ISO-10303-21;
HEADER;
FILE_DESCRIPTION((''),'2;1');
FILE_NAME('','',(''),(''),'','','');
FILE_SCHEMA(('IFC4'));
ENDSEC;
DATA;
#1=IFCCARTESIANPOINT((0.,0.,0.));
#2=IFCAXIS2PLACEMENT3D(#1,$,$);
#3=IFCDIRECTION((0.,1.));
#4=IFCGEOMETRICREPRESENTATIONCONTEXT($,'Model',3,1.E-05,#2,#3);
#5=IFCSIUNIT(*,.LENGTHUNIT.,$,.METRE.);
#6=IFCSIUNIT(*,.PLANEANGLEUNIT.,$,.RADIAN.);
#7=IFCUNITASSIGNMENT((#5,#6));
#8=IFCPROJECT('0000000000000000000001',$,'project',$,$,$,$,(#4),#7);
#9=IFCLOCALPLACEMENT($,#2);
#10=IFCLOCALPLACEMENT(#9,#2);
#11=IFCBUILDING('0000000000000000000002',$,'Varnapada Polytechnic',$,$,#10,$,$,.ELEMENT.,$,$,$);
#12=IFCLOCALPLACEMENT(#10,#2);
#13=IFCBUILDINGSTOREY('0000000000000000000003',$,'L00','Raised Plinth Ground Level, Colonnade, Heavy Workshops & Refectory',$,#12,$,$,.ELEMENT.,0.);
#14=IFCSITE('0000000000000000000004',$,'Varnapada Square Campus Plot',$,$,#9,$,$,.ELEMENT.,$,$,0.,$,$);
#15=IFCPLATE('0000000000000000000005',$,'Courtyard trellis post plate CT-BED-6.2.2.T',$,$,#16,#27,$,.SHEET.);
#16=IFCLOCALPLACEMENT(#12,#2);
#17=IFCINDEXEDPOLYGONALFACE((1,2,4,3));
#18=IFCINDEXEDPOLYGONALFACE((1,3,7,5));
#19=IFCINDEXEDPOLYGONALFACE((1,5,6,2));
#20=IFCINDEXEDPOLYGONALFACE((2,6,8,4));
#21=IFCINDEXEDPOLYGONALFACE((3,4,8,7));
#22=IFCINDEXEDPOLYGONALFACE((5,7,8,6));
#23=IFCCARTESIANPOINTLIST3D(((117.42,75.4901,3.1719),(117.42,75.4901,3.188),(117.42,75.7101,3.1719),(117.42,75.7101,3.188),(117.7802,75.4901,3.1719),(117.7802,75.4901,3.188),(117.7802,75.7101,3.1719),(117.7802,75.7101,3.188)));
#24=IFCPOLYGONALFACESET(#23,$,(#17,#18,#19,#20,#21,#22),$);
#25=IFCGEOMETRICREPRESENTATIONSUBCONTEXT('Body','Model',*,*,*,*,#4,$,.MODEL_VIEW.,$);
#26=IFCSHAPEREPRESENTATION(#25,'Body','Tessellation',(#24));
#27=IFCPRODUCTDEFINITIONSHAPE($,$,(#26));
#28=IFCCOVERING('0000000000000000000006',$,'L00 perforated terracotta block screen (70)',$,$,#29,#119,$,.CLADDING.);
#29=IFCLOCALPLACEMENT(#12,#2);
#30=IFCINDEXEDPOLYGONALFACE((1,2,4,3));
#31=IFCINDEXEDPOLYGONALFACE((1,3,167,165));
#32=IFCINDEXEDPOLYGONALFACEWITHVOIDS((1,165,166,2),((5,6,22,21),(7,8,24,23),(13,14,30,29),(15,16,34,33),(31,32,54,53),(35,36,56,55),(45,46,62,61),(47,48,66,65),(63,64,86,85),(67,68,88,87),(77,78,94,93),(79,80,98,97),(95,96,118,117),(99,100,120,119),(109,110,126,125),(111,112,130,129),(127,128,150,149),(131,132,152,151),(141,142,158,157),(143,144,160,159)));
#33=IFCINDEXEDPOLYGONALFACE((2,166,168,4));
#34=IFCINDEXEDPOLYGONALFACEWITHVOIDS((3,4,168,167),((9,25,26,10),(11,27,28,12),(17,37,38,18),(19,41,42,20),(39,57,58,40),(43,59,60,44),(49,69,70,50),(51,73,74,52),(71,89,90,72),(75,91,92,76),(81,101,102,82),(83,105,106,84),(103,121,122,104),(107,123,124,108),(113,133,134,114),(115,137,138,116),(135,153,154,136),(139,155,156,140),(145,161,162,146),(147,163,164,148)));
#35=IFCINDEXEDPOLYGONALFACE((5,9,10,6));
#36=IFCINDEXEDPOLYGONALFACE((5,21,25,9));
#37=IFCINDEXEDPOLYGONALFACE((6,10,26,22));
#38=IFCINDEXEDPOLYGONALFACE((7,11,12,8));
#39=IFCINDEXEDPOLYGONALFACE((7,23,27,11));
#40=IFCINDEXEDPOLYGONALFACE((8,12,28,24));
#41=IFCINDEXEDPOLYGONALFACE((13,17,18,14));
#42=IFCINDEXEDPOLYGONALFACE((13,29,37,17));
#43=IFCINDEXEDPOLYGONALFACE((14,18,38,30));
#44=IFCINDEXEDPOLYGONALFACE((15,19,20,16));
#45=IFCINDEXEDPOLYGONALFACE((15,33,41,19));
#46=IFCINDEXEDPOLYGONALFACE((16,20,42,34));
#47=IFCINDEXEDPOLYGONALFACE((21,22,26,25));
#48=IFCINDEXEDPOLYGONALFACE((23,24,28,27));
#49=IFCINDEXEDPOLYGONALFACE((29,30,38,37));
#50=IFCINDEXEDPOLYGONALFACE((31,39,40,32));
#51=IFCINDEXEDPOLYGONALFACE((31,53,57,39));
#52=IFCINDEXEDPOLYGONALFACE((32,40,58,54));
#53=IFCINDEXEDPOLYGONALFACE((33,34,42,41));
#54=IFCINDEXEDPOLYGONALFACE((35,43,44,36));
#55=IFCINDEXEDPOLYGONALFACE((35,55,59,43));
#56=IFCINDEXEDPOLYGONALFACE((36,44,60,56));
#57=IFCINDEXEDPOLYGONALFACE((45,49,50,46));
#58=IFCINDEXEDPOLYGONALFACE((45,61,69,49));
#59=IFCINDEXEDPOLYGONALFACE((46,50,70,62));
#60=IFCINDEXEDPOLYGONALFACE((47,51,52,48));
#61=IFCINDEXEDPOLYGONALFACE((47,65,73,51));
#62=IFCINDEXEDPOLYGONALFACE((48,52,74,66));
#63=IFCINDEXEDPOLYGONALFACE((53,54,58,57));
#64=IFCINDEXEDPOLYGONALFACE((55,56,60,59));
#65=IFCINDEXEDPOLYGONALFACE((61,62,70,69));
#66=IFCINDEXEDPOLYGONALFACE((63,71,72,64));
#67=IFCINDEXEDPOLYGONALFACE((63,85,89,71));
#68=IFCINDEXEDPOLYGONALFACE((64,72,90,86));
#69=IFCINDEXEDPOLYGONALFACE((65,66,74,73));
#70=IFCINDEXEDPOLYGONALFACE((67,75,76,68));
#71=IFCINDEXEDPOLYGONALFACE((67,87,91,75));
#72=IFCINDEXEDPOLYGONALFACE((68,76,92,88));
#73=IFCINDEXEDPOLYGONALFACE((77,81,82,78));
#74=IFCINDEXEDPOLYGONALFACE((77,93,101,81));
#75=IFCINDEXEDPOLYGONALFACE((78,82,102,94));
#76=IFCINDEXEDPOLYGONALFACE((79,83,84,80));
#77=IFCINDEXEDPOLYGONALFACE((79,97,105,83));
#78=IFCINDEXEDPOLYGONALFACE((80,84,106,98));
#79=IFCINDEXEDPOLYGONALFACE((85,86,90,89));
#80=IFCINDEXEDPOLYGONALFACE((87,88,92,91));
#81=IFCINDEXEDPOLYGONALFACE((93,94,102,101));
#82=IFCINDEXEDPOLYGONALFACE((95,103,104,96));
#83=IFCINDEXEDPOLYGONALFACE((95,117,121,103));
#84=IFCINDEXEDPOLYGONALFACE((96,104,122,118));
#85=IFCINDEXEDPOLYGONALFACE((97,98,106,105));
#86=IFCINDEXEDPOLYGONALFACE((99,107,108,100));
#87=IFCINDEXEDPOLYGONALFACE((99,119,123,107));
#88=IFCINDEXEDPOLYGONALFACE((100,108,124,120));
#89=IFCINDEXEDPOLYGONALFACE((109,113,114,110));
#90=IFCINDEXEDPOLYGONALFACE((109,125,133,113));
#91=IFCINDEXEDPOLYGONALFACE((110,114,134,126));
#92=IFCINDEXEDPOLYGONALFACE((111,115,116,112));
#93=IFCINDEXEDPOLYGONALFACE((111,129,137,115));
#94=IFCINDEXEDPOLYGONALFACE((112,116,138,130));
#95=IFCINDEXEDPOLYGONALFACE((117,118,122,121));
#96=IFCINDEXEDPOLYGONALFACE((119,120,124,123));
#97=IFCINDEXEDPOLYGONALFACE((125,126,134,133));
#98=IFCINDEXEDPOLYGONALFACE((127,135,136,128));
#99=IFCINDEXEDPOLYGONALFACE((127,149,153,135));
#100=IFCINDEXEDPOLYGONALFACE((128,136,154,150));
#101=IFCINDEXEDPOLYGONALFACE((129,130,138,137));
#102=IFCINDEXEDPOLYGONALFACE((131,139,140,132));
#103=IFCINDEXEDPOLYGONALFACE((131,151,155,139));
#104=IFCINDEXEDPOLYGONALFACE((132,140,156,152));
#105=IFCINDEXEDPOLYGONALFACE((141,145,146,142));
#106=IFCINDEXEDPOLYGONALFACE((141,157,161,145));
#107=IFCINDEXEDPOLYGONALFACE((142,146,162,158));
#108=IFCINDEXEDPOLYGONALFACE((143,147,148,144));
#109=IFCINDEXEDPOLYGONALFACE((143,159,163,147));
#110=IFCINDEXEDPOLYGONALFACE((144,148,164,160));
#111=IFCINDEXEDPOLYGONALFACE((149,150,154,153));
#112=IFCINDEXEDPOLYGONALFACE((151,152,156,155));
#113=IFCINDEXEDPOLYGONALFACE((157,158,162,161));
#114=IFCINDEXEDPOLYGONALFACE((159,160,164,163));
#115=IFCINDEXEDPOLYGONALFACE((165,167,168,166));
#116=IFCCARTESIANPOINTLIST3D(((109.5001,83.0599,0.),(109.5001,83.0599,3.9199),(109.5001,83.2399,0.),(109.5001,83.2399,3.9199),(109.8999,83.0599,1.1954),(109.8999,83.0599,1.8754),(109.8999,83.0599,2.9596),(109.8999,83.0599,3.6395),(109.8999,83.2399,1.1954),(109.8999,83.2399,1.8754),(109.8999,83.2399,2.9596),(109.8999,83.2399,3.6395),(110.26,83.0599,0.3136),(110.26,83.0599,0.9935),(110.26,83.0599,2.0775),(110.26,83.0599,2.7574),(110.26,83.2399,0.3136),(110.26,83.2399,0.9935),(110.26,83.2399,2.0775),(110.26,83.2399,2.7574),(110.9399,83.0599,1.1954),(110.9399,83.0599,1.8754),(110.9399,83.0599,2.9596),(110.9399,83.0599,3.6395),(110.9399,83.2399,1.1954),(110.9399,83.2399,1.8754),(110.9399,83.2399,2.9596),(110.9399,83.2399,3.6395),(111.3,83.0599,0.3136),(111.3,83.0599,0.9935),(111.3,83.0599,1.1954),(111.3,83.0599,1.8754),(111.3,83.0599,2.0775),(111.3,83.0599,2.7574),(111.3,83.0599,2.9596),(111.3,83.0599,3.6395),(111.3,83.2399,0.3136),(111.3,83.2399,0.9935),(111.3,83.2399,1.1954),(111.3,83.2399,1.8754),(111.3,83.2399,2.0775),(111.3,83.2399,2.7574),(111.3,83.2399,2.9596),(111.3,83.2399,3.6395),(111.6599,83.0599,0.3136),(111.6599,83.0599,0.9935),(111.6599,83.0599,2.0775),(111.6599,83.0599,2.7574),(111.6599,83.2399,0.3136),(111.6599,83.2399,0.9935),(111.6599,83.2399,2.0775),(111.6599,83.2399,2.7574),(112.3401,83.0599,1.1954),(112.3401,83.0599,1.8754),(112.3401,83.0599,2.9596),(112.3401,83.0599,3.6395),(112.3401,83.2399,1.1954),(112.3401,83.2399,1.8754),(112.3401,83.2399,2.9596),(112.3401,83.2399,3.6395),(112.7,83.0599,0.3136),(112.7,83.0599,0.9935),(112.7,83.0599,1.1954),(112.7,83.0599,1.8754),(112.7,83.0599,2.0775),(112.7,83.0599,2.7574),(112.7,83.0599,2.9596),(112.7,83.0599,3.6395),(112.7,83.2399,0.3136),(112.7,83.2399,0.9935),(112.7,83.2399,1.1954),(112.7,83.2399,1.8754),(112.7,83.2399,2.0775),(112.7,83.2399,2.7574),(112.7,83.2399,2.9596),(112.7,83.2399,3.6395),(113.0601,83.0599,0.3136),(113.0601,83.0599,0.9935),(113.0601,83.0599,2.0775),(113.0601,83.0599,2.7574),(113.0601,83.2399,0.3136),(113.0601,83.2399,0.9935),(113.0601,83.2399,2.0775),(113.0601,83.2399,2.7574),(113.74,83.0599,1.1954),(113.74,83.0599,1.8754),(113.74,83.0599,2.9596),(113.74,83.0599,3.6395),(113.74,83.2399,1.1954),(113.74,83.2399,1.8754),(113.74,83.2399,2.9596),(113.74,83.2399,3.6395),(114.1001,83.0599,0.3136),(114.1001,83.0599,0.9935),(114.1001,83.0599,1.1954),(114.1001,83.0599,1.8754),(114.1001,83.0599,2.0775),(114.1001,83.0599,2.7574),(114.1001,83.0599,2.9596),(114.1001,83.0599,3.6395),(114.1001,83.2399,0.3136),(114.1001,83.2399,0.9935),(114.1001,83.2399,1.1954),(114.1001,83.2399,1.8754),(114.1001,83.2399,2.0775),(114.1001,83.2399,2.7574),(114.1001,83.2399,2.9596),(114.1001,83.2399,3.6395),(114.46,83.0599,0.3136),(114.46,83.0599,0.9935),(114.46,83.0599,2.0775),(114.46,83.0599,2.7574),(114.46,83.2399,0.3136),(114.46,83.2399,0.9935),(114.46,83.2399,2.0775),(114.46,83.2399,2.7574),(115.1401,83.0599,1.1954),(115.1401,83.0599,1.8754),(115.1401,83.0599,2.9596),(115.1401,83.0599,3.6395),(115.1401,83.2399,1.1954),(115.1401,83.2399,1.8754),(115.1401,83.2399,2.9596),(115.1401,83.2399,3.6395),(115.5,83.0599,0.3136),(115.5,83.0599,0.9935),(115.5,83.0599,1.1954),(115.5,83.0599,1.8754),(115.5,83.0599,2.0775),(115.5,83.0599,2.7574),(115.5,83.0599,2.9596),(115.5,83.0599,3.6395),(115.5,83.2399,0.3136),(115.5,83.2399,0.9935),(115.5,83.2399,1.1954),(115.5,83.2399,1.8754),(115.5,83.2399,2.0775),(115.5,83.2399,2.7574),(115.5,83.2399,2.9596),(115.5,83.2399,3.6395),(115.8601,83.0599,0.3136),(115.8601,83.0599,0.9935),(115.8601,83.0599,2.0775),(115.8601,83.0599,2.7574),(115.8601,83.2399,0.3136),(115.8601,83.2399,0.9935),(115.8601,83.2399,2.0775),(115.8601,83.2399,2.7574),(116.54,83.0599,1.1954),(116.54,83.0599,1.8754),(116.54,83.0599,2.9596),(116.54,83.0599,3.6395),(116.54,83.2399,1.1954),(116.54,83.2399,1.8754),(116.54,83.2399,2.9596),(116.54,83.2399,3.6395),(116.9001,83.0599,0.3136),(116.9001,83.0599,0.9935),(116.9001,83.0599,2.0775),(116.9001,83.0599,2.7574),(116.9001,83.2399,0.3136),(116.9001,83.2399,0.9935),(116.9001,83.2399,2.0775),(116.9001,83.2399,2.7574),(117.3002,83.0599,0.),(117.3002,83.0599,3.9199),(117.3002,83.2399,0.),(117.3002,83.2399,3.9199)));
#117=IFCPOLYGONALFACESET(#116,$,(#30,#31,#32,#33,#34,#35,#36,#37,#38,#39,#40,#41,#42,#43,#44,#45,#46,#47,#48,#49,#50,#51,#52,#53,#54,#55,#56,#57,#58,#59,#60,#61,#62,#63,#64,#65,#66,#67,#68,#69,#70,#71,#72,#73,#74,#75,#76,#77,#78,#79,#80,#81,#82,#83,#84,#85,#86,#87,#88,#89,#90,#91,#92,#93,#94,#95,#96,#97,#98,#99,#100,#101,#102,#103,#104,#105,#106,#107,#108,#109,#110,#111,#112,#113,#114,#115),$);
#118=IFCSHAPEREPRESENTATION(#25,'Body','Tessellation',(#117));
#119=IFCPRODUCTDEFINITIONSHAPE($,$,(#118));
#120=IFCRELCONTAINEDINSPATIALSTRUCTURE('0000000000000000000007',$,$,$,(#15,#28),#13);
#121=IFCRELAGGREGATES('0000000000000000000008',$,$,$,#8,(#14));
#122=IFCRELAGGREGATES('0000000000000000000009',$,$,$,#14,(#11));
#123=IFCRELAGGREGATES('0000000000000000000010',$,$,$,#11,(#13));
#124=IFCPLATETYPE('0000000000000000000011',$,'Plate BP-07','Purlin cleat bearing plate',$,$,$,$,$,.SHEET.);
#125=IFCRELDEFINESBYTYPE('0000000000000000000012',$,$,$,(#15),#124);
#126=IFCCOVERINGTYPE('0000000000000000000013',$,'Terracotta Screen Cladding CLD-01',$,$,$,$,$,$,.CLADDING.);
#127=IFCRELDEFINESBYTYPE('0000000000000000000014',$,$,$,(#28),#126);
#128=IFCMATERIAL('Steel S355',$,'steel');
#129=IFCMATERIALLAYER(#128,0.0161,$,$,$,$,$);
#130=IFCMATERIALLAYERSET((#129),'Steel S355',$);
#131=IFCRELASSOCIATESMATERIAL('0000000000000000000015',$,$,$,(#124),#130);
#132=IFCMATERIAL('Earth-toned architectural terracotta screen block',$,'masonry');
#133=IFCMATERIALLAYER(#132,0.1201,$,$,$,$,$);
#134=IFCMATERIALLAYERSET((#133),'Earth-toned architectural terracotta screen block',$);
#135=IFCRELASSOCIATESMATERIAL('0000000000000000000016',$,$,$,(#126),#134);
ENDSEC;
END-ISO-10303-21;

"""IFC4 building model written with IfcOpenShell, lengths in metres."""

from ifc_helpers import new_model, si_unit, direction, frame, frame_2d, origin, origin_2d, place, context, subcontext, project, spatial, rectangle, extrude, material, layer, layer_set, type_object, element, save


model = new_model("IFC4")

# Units and contexts
model_context = context("Model", 3, precision=1e-05, world=origin(), true_north=direction((0.0, 1.0)))
body_context = subcontext(model_context, "Body", "Model", "MODEL_VIEW")
ifc_project = project(units=[si_unit("LENGTHUNIT", "METRE"), si_unit("PLANEANGLEUNIT", "RADIAN")], contexts=[model_context])

# Site, building, storey
site_placement = place(None, origin())
site = spatial("IfcSite", under=ifc_project, at=site_placement, Name="Varnapada Square Campus Plot", CompositionType="ELEMENT", RefElevation=0.0)
building_placement = place(site_placement, origin())
building = spatial("IfcBuilding", under=site, at=building_placement, Name="Varnapada Polytechnic", CompositionType="ELEMENT")
storey_placement = place(building_placement, origin())
storey = spatial("IfcBuildingStorey", under=building, at=storey_placement, Name="L00", Description="Raised Plinth Ground Level, Colonnade, Heavy Workshops & Refectory", CompositionType="ELEMENT", Elevation=0.0)

# Shared definitions
ifc_material_1 = material(Name="Steel S355", Category="steel")

# Plate
ifc_layer_1 = layer(ifc_material_1, 0.0161)
ifc_layer_set_1 = layer_set([ifc_layer_1], Name="Steel S355")
plate_type = type_object("IfcPlateType", Name="Plate BP-07", Description="Purlin cleat bearing plate", PredefinedType="SHEET", material=ifc_layer_set_1)
for number, where, z_axis, x_axis, name in (
    (1, (117.6001, 75.6001, 3.1719), (0.0, 0.0, 1.0), (1.0, 0.0, 0.0), "Courtyard trellis post plate CT-BED-6.2.2.T"),
):
    element("IfcPlate", number, at=place(storey_placement, frame(where, z_axis=z_axis, x_axis=x_axis)), inside=storey, type_object=plate_type, Name=name, PredefinedType="SHEET", context=body_context, shape_type="SweptSolid", body=[
        extrude(rectangle(XDim=0.3601, YDim=0.22, at=origin_2d()), origin(), (0.0, 0.0, 1.0), 0.0161),
    ])

# Covering, openings
ifc_material_2 = material(Name="Earth-toned architectural terracotta screen block", Category="masonry")
ifc_layer_2 = layer(ifc_material_2, 0.1201)
ifc_layer_set_2 = layer_set([ifc_layer_2], Name="Earth-toned architectural terracotta screen block")
covering_type = type_object("IfcCoveringType", Name="Terracotta Screen Cladding CLD-01", PredefinedType="CLADDING", material=ifc_layer_set_2)
covering_placement = place(storey_placement, frame((117.3, 83.1499, 0.0), z_axis=(0.0, 0.0, 1.0), x_axis=(-1.0, 0.0, 0.0)))
covering = element("IfcCovering", 2, at=covering_placement, inside=storey, type_object=covering_type, Name="L00 perforated terracotta block screen (70)", PredefinedType="CLADDING", context=body_context, shape_type="SweptSolid", body=[
    extrude(rectangle(XDim=7.8, YDim=0.1799, at=frame_2d((3.8999, 0.0))), origin(), (0.0, 0.0, 1.0), 3.9199),
])
opening_1_placement = place(covering_placement, frame((0.3999, 0.0, 0.3137)))
element("IfcOpeningElement", 3, at=opening_1_placement, cuts=covering, PredefinedType="OPENING", context=body_context, shape_type="SweptSolid", body=[
    extrude(rectangle(XDim=1.04, YDim=0.6799, at=frame_2d((0.52, 0.3398))), frame((0.0, 0.0999, 0.0), z_axis=(0.0, -1.0, 0.0), x_axis=(1.0, 0.0, 0.0)), (0.0, 0.0, 1.0), 0.2),
])
opening_2_placement = place(covering_placement, frame((1.8, 0.0, 0.3137)))
element("IfcOpeningElement", 4, at=opening_2_placement, cuts=covering, PredefinedType="OPENING", context=body_context, shape_type="SweptSolid", body=[
    extrude(rectangle(XDim=1.04, YDim=0.6799, at=frame_2d((0.52, 0.3398))), frame((0.0, 0.0999, 0.0), z_axis=(0.0, -1.0, 0.0), x_axis=(1.0, 0.0, 0.0)), (0.0, 0.0, 1.0), 0.2),
])
opening_3_placement = place(covering_placement, frame((3.2, 0.0, 0.3137)))
element("IfcOpeningElement", 5, at=opening_3_placement, cuts=covering, PredefinedType="OPENING", context=body_context, shape_type="SweptSolid", body=[
    extrude(rectangle(XDim=1.04, YDim=0.6799, at=frame_2d((0.52, 0.3398))), frame((0.0, 0.0999, 0.0), z_axis=(0.0, -1.0, 0.0), x_axis=(1.0, 0.0, 0.0)), (0.0, 0.0, 1.0), 0.2),
])
opening_4_placement = place(covering_placement, frame((4.6001, 0.0, 0.3137)))
element("IfcOpeningElement", 6, at=opening_4_placement, cuts=covering, PredefinedType="OPENING", context=body_context, shape_type="SweptSolid", body=[
    extrude(rectangle(XDim=1.04, YDim=0.6799, at=frame_2d((0.52, 0.3398))), frame((0.0, 0.0999, 0.0), z_axis=(0.0, -1.0, 0.0), x_axis=(1.0, 0.0, 0.0)), (0.0, 0.0, 1.0), 0.2),
])
opening_5_placement = place(covering_placement, frame((6.0, 0.0, 0.3137)))
element("IfcOpeningElement", 7, at=opening_5_placement, cuts=covering, PredefinedType="OPENING", context=body_context, shape_type="SweptSolid", body=[
    extrude(rectangle(XDim=1.04, YDim=0.6799, at=frame_2d((0.52, 0.3398))), frame((0.0, 0.0999, 0.0), z_axis=(0.0, -1.0, 0.0), x_axis=(1.0, 0.0, 0.0)), (0.0, 0.0, 1.0), 0.2),
])
opening_6_placement = place(covering_placement, frame((0.76, 0.0, 1.1956)))
element("IfcOpeningElement", 8, at=opening_6_placement, cuts=covering, PredefinedType="OPENING", context=body_context, shape_type="SweptSolid", body=[
    extrude(rectangle(XDim=1.04, YDim=0.6799, at=frame_2d((0.52, 0.3398))), frame((0.0, 0.0999, 0.0), z_axis=(0.0, -1.0, 0.0), x_axis=(1.0, 0.0, 0.0)), (0.0, 0.0, 1.0), 0.2),
])
opening_7_placement = place(covering_placement, frame((2.1599, 0.0, 1.1956)))
element("IfcOpeningElement", 9, at=opening_7_placement, cuts=covering, PredefinedType="OPENING", context=body_context, shape_type="SweptSolid", body=[
    extrude(rectangle(XDim=1.04, YDim=0.6799, at=frame_2d((0.52, 0.3398))), frame((0.0, 0.0999, 0.0), z_axis=(0.0, -1.0, 0.0), x_axis=(1.0, 0.0, 0.0)), (0.0, 0.0, 1.0), 0.2),
])
opening_8_placement = place(covering_placement, frame((3.5601, 0.0, 1.1956)))
element("IfcOpeningElement", 10, at=opening_8_placement, cuts=covering, PredefinedType="OPENING", context=body_context, shape_type="SweptSolid", body=[
    extrude(rectangle(XDim=1.04, YDim=0.6799, at=frame_2d((0.52, 0.3398))), frame((0.0, 0.0999, 0.0), z_axis=(0.0, -1.0, 0.0), x_axis=(1.0, 0.0, 0.0)), (0.0, 0.0, 1.0), 0.2),
])
opening_9_placement = place(covering_placement, frame((4.96, 0.0, 1.1956)))
element("IfcOpeningElement", 11, at=opening_9_placement, cuts=covering, PredefinedType="OPENING", context=body_context, shape_type="SweptSolid", body=[
    extrude(rectangle(XDim=1.04, YDim=0.6799, at=frame_2d((0.52, 0.3398))), frame((0.0, 0.0999, 0.0), z_axis=(0.0, -1.0, 0.0), x_axis=(1.0, 0.0, 0.0)), (0.0, 0.0, 1.0), 0.2),
])
opening_10_placement = place(covering_placement, frame((6.3601, 0.0, 1.1956)))
element("IfcOpeningElement", 12, at=opening_10_placement, cuts=covering, PredefinedType="OPENING", context=body_context, shape_type="SweptSolid", body=[
    extrude(rectangle(XDim=1.04, YDim=0.6799, at=frame_2d((0.52, 0.3398))), frame((0.0, 0.0999, 0.0), z_axis=(0.0, -1.0, 0.0), x_axis=(1.0, 0.0, 0.0)), (0.0, 0.0, 1.0), 0.2),
])
opening_11_placement = place(covering_placement, frame((0.3999, 0.0, 2.0776)))
element("IfcOpeningElement", 13, at=opening_11_placement, cuts=covering, PredefinedType="OPENING", context=body_context, shape_type="SweptSolid", body=[
    extrude(rectangle(XDim=1.04, YDim=0.6799, at=frame_2d((0.52, 0.3398))), frame((0.0, 0.0999, 0.0), z_axis=(0.0, -1.0, 0.0), x_axis=(1.0, 0.0, 0.0)), (0.0, 0.0, 1.0), 0.2),
])
opening_12_placement = place(covering_placement, frame((1.8, 0.0, 2.0776)))
element("IfcOpeningElement", 14, at=opening_12_placement, cuts=covering, PredefinedType="OPENING", context=body_context, shape_type="SweptSolid", body=[
    extrude(rectangle(XDim=1.04, YDim=0.6799, at=frame_2d((0.52, 0.3398))), frame((0.0, 0.0999, 0.0), z_axis=(0.0, -1.0, 0.0), x_axis=(1.0, 0.0, 0.0)), (0.0, 0.0, 1.0), 0.2),
])
opening_13_placement = place(covering_placement, frame((3.2, 0.0, 2.0776)))
element("IfcOpeningElement", 15, at=opening_13_placement, cuts=covering, PredefinedType="OPENING", context=body_context, shape_type="SweptSolid", body=[
    extrude(rectangle(XDim=1.04, YDim=0.6799, at=frame_2d((0.52, 0.3398))), frame((0.0, 0.0999, 0.0), z_axis=(0.0, -1.0, 0.0), x_axis=(1.0, 0.0, 0.0)), (0.0, 0.0, 1.0), 0.2),
])
opening_14_placement = place(covering_placement, frame((4.6001, 0.0, 2.0776)))
element("IfcOpeningElement", 16, at=opening_14_placement, cuts=covering, PredefinedType="OPENING", context=body_context, shape_type="SweptSolid", body=[
    extrude(rectangle(XDim=1.04, YDim=0.6799, at=frame_2d((0.52, 0.3398))), frame((0.0, 0.0999, 0.0), z_axis=(0.0, -1.0, 0.0), x_axis=(1.0, 0.0, 0.0)), (0.0, 0.0, 1.0), 0.2),
])
opening_15_placement = place(covering_placement, frame((6.0, 0.0, 2.0776)))
element("IfcOpeningElement", 17, at=opening_15_placement, cuts=covering, PredefinedType="OPENING", context=body_context, shape_type="SweptSolid", body=[
    extrude(rectangle(XDim=1.04, YDim=0.6799, at=frame_2d((0.52, 0.3398))), frame((0.0, 0.0999, 0.0), z_axis=(0.0, -1.0, 0.0), x_axis=(1.0, 0.0, 0.0)), (0.0, 0.0, 1.0), 0.2),
])
opening_16_placement = place(covering_placement, frame((0.76, 0.0, 2.9597)))
element("IfcOpeningElement", 18, at=opening_16_placement, cuts=covering, PredefinedType="OPENING", context=body_context, shape_type="SweptSolid", body=[
    extrude(rectangle(XDim=1.04, YDim=0.6799, at=frame_2d((0.52, 0.3398))), frame((0.0, 0.0999, 0.0), z_axis=(0.0, -1.0, 0.0), x_axis=(1.0, 0.0, 0.0)), (0.0, 0.0, 1.0), 0.2),
])
opening_17_placement = place(covering_placement, frame((2.1599, 0.0, 2.9597)))
element("IfcOpeningElement", 19, at=opening_17_placement, cuts=covering, PredefinedType="OPENING", context=body_context, shape_type="SweptSolid", body=[
    extrude(rectangle(XDim=1.04, YDim=0.6799, at=frame_2d((0.52, 0.3398))), frame((0.0, 0.0999, 0.0), z_axis=(0.0, -1.0, 0.0), x_axis=(1.0, 0.0, 0.0)), (0.0, 0.0, 1.0), 0.2),
])
opening_18_placement = place(covering_placement, frame((3.5601, 0.0, 2.9597)))
element("IfcOpeningElement", 20, at=opening_18_placement, cuts=covering, PredefinedType="OPENING", context=body_context, shape_type="SweptSolid", body=[
    extrude(rectangle(XDim=1.04, YDim=0.6799, at=frame_2d((0.52, 0.3398))), frame((0.0, 0.0999, 0.0), z_axis=(0.0, -1.0, 0.0), x_axis=(1.0, 0.0, 0.0)), (0.0, 0.0, 1.0), 0.2),
])
opening_19_placement = place(covering_placement, frame((4.96, 0.0, 2.9597)))
element("IfcOpeningElement", 21, at=opening_19_placement, cuts=covering, PredefinedType="OPENING", context=body_context, shape_type="SweptSolid", body=[
    extrude(rectangle(XDim=1.04, YDim=0.6799, at=frame_2d((0.52, 0.3398))), frame((0.0, 0.0999, 0.0), z_axis=(0.0, -1.0, 0.0), x_axis=(1.0, 0.0, 0.0)), (0.0, 0.0, 1.0), 0.2),
])
opening_20_placement = place(covering_placement, frame((6.3601, 0.0, 2.9597)))
element("IfcOpeningElement", 22, at=opening_20_placement, cuts=covering, PredefinedType="OPENING", context=body_context, shape_type="SweptSolid", body=[
    extrude(rectangle(XDim=1.04, YDim=0.6799, at=frame_2d((0.52, 0.3398))), frame((0.0, 0.0999, 0.0), z_axis=(0.0, -1.0, 0.0), x_axis=(1.0, 0.0, 0.0)), (0.0, 0.0, 1.0), 0.2),
])

save(model, "model.ifc")
